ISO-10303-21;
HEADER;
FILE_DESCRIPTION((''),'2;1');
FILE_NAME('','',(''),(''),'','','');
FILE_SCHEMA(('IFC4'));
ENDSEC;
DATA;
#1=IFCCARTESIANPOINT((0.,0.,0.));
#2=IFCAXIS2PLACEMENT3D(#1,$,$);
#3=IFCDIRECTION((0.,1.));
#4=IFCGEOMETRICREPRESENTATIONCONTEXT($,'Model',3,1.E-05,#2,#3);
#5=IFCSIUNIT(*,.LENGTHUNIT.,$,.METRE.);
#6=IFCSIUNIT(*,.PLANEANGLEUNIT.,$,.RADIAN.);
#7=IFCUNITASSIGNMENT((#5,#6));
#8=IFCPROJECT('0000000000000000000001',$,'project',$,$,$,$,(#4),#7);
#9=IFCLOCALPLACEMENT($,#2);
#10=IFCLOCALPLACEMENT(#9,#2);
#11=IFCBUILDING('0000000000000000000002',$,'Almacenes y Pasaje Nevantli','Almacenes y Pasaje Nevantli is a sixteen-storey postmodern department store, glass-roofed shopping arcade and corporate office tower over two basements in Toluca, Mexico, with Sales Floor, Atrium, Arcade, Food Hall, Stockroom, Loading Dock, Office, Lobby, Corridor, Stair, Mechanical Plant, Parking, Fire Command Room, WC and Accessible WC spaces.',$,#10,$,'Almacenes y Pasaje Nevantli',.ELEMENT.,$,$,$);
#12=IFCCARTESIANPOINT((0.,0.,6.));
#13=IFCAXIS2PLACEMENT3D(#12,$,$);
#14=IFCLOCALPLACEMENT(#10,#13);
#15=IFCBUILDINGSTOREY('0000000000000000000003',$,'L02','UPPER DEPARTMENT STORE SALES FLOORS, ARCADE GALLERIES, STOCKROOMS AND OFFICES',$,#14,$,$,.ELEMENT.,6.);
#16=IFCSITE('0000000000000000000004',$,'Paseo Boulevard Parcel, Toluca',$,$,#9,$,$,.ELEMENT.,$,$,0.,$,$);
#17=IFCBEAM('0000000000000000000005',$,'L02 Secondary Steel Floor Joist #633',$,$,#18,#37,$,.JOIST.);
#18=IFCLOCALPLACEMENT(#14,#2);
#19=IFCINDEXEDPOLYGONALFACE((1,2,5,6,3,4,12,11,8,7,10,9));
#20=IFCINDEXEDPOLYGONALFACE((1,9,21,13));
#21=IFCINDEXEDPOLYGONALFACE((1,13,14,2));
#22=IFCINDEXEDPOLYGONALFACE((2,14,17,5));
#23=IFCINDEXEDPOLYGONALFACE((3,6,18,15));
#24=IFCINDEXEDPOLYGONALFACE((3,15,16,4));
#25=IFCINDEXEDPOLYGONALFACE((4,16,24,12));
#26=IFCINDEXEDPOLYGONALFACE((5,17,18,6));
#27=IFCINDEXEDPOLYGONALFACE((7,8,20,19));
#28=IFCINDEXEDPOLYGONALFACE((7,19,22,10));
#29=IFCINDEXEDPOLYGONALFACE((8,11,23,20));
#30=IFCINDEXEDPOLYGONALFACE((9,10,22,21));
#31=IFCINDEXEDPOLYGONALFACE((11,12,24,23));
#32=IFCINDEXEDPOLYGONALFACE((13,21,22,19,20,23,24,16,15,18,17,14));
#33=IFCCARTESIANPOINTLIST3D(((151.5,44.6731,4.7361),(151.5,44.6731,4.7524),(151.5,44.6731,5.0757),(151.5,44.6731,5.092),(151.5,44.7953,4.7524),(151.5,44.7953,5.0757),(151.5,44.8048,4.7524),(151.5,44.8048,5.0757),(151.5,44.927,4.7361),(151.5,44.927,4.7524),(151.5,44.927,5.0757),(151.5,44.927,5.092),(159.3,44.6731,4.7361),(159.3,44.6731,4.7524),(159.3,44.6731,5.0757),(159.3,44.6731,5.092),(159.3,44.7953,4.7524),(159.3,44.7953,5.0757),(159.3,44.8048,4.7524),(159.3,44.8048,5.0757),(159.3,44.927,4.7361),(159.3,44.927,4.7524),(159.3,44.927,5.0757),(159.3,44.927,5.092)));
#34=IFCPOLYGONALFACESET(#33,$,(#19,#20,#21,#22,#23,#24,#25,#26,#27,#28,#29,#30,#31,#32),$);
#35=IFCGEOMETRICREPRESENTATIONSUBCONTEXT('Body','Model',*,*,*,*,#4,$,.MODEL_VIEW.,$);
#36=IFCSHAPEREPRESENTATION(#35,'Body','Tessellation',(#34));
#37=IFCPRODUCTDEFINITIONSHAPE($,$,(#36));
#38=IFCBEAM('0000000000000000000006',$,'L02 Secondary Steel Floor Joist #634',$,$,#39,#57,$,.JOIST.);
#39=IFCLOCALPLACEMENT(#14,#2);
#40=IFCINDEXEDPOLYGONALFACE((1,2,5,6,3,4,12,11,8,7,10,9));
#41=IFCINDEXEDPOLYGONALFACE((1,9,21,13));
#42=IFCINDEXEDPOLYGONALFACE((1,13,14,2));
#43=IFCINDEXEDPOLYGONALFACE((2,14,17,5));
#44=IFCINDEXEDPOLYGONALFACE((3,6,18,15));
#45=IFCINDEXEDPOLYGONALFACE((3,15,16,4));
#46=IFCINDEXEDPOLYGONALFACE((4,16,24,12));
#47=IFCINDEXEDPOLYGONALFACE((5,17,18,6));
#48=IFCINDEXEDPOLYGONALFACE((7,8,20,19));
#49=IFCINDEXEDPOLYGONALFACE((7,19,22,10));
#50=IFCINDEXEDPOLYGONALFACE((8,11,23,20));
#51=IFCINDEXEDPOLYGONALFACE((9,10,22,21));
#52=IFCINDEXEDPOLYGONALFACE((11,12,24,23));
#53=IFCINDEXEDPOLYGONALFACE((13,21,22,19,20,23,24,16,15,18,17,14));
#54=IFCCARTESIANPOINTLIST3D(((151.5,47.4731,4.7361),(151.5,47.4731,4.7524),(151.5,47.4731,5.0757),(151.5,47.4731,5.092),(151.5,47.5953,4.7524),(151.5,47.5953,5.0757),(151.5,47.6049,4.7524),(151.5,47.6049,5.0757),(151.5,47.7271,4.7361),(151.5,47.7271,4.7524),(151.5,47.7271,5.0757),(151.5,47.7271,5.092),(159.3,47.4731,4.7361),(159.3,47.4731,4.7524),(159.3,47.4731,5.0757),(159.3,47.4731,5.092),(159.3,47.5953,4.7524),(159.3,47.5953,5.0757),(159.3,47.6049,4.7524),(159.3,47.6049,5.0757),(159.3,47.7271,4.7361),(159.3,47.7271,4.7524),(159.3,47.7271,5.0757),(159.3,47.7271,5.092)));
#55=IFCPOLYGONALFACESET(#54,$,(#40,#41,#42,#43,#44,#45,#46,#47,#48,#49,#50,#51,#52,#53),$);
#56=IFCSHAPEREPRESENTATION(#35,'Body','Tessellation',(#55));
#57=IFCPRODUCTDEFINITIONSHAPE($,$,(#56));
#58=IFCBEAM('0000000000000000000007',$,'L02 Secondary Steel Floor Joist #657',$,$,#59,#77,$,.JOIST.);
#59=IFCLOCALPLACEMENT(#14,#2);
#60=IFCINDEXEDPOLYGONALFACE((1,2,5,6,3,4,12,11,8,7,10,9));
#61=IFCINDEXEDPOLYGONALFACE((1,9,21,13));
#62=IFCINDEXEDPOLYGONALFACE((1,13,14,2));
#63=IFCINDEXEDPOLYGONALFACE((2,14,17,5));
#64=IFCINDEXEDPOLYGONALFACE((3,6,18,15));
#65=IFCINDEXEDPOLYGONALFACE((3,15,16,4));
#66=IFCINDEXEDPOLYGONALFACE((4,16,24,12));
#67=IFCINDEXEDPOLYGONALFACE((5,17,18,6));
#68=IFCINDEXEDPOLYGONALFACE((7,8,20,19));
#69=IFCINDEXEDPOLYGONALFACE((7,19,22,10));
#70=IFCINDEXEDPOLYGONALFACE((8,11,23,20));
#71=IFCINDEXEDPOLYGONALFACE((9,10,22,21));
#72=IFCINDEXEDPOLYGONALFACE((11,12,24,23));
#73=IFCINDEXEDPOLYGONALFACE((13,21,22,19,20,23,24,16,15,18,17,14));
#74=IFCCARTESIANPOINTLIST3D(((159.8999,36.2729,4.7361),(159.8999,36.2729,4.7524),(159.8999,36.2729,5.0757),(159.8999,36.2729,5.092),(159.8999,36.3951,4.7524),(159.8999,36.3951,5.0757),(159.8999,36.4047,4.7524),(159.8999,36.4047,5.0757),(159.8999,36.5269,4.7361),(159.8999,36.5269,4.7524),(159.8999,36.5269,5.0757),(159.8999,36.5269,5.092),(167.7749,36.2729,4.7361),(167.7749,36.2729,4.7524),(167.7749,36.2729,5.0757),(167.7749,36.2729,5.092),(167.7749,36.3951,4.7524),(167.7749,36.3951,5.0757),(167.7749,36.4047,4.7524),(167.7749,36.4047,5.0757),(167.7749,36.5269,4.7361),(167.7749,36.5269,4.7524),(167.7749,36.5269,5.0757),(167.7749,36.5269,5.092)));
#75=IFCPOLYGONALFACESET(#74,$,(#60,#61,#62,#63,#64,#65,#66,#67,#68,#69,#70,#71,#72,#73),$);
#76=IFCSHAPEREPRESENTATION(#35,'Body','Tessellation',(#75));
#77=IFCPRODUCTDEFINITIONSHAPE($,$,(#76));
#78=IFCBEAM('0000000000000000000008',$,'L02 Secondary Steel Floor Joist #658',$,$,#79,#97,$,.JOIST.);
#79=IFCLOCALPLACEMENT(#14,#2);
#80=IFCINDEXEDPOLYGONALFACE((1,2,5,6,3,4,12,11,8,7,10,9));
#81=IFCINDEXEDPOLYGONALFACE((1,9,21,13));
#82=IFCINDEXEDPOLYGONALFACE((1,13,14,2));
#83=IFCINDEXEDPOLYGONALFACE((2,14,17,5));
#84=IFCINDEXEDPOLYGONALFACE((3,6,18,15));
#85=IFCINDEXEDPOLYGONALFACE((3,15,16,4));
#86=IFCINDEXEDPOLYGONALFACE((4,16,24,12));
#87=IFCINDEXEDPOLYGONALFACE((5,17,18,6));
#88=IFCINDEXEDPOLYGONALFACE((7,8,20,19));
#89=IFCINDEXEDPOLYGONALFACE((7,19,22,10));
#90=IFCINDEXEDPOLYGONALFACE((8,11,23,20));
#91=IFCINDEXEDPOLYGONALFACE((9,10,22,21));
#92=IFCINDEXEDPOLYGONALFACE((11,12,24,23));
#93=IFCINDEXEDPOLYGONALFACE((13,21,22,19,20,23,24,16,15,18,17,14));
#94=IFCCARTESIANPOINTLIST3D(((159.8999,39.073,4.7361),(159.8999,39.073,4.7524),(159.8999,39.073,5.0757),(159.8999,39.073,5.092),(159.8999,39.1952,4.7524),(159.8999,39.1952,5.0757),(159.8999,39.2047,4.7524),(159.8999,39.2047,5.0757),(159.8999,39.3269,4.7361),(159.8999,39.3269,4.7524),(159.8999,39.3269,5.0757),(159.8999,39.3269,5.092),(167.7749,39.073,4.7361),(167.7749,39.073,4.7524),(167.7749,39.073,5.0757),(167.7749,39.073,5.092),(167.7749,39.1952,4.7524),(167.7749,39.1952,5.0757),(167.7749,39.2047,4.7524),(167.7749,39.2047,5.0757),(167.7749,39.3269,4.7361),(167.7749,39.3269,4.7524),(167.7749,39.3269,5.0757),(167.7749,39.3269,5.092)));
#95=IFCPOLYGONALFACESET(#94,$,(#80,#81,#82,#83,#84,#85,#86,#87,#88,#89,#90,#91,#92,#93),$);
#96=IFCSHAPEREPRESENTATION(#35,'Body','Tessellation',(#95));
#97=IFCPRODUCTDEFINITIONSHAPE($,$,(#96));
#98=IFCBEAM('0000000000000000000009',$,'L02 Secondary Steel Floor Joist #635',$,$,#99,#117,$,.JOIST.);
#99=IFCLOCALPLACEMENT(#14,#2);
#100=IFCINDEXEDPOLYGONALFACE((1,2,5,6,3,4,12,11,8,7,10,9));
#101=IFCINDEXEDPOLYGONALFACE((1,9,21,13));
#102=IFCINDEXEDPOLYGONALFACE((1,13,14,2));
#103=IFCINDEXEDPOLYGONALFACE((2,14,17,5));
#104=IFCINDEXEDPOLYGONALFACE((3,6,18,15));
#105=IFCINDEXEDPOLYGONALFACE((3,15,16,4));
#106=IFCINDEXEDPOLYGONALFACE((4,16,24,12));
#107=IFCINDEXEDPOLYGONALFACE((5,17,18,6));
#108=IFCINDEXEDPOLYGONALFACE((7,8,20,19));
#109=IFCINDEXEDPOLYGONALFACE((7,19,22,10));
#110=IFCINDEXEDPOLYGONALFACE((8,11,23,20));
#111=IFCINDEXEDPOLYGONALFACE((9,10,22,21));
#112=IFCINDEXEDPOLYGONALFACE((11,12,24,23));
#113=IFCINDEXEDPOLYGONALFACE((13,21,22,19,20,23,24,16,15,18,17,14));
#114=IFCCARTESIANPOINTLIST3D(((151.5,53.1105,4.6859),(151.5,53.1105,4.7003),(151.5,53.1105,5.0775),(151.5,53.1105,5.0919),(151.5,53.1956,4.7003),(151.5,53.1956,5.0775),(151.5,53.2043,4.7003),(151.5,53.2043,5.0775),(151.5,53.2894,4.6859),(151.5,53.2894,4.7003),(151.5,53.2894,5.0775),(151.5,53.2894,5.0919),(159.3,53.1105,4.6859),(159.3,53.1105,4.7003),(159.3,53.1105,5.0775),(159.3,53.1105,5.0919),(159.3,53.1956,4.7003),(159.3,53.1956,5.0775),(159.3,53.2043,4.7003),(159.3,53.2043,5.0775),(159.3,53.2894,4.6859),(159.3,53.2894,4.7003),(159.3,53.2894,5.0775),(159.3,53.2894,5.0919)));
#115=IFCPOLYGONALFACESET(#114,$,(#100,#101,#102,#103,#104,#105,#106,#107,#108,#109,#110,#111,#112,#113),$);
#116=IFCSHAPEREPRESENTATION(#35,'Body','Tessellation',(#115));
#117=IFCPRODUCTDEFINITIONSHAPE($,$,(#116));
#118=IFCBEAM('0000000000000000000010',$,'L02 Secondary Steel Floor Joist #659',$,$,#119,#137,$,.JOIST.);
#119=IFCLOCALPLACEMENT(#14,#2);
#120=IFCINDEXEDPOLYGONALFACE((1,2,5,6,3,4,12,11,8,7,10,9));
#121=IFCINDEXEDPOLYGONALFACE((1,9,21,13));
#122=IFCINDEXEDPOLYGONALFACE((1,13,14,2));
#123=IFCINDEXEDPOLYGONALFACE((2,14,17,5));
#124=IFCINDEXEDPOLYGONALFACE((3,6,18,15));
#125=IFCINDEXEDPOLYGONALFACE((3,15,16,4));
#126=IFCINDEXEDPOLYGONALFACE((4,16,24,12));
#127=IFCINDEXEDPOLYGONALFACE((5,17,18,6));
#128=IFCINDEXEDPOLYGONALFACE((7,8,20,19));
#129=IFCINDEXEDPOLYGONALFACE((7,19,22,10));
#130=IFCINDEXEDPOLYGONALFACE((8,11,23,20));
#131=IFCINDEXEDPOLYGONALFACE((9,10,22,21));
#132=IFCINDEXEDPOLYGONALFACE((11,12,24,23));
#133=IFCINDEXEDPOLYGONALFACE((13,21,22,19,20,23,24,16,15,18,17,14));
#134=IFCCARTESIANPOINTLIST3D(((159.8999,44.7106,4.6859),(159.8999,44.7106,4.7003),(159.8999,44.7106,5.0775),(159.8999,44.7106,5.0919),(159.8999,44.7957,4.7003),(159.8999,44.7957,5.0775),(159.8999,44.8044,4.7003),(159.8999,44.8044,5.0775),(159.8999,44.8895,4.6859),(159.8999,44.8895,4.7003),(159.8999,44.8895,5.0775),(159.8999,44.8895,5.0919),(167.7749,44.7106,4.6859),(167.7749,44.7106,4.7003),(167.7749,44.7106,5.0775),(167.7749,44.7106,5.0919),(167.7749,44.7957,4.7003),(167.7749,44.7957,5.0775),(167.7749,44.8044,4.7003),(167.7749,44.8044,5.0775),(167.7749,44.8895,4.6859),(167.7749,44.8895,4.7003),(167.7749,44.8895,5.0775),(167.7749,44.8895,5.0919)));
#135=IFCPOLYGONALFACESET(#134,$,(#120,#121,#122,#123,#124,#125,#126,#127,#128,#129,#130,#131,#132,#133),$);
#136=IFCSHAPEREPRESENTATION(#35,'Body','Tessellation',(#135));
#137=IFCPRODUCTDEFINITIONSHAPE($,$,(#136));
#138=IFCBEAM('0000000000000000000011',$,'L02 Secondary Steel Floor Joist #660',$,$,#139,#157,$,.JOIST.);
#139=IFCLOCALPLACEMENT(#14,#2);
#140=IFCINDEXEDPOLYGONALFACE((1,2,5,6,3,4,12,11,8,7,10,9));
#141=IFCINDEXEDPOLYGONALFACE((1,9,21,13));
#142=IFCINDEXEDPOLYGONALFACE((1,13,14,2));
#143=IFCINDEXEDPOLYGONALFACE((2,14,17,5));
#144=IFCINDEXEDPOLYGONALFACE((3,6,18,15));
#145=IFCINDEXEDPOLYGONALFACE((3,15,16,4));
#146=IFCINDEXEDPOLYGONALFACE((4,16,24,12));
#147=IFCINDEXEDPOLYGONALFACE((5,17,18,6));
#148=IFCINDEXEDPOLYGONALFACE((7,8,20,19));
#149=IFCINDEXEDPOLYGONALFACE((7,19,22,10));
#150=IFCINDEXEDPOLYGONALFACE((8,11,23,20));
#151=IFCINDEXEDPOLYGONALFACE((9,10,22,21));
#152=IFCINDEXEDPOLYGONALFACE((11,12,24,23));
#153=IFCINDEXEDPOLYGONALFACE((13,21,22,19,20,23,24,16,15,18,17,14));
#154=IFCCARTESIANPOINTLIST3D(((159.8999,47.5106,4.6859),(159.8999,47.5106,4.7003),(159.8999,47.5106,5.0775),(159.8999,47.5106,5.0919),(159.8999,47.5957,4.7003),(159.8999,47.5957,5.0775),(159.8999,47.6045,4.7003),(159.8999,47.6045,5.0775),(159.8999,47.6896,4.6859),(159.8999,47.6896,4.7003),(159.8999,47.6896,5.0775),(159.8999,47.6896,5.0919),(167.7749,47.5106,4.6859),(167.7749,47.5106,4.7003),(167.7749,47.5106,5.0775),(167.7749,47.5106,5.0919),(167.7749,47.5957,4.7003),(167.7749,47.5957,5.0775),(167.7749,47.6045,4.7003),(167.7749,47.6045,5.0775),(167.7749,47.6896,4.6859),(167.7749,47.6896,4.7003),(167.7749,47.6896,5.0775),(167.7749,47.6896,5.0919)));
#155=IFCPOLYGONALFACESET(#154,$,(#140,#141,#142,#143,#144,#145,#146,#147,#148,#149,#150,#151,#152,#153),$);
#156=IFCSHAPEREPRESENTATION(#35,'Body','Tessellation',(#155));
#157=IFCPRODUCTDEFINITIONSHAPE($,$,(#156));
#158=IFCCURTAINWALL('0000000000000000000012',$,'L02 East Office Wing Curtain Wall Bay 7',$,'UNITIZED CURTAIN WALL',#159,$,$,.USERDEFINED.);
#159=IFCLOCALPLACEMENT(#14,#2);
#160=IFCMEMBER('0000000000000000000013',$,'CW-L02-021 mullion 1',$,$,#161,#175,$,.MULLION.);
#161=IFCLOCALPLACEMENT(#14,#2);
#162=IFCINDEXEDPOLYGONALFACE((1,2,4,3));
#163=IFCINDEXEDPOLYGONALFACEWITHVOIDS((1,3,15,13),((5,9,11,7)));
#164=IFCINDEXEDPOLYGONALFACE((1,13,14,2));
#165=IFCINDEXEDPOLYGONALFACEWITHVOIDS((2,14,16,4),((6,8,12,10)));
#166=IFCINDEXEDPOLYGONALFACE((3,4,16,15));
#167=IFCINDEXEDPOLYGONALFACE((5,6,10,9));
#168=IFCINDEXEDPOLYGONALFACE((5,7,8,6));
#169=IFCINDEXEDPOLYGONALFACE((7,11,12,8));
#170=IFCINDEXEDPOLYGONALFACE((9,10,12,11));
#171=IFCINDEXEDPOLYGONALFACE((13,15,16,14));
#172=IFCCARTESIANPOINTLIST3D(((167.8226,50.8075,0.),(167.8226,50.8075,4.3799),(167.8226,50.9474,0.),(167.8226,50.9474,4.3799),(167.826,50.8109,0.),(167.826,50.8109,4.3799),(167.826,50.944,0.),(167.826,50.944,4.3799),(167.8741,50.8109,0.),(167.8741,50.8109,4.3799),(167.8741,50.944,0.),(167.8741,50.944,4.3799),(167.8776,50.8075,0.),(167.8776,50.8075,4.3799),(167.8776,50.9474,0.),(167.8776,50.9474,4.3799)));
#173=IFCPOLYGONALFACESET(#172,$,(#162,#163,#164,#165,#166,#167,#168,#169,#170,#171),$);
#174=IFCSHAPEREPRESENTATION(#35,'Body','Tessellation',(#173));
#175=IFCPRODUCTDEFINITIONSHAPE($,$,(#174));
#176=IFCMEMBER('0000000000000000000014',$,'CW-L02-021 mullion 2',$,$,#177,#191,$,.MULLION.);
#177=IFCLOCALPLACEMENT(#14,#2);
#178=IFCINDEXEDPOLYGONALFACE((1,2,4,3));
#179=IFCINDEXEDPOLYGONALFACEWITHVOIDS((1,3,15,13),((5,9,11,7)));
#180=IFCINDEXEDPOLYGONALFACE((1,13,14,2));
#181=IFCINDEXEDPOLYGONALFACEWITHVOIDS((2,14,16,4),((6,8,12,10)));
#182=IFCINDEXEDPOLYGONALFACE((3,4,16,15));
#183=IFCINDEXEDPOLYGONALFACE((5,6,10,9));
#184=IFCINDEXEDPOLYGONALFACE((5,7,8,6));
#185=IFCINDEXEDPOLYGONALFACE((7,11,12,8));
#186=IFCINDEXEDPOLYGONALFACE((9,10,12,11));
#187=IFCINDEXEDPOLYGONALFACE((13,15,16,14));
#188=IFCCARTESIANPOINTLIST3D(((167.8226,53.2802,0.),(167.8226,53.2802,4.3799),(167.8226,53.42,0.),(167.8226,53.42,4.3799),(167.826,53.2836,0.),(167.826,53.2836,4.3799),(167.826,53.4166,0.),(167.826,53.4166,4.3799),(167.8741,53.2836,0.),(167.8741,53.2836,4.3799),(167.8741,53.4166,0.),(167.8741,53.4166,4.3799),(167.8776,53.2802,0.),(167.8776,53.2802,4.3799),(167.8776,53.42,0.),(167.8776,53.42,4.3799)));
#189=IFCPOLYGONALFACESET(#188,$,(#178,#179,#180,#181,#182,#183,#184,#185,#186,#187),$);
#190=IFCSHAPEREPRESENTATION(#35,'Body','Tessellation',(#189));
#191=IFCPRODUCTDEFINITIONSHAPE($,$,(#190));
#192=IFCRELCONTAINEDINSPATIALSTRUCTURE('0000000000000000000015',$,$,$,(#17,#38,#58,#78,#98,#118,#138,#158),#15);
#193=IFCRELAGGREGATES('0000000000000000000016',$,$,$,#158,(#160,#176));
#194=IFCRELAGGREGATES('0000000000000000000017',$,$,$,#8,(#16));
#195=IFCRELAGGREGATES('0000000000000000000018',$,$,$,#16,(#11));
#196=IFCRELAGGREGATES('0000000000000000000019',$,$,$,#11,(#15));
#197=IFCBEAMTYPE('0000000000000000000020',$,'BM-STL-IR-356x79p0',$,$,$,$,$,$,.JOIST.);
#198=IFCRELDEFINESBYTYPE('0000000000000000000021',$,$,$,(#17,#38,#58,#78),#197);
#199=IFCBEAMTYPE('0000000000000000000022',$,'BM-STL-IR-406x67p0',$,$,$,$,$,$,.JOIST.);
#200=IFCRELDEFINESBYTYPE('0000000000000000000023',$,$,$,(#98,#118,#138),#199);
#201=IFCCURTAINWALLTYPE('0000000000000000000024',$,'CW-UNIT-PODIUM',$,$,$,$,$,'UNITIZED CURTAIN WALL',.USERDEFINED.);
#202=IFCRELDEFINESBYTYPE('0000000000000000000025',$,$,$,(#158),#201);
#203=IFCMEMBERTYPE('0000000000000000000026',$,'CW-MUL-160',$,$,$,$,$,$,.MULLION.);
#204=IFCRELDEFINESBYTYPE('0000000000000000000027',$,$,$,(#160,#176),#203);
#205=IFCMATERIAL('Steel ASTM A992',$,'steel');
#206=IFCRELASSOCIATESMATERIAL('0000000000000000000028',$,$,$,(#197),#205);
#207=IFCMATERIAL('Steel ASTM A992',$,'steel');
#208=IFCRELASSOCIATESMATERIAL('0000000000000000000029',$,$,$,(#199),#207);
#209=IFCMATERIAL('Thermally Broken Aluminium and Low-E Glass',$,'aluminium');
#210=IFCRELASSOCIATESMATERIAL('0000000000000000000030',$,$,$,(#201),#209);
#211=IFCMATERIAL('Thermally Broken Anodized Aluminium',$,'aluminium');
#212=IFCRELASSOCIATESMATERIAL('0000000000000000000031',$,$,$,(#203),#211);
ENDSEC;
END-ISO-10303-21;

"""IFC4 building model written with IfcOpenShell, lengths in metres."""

from ifc_helpers import new_model, si_unit, direction, frame, origin, origin_2d, place, context, subcontext, project, spatial, hollow_rectangle, i_section, extrude, material, material_profile, profile_set, type_object, element, aggregate, save


model = new_model("IFC4")

# Units and contexts
model_context = context("Model", 3, precision=1e-05, world=origin(), true_north=direction((0.0, 1.0)))
body_context = subcontext(model_context, "Body", "Model", "MODEL_VIEW")
ifc_project = project(units=[si_unit("LENGTHUNIT", "METRE"), si_unit("PLANEANGLEUNIT", "RADIAN")], contexts=[model_context])

# Site, building, storey
site_placement = place(None, origin())
site = spatial("IfcSite", under=ifc_project, at=site_placement, Name="Paseo Boulevard Parcel, Toluca", CompositionType="ELEMENT", RefElevation=0.0)
building_placement = place(site_placement, origin())
building = spatial("IfcBuilding", under=site, at=building_placement, Name="Almacenes y Pasaje Nevantli", Description="Almacenes y Pasaje Nevantli is a sixteen-storey postmodern department store, glass-roofed shopping arcade and corporate office tower over two basements in Toluca, Mexico, with Sales Floor, Atrium, Arcade, Food Hall, Stockroom, Loading Dock, Office, Lobby, Corridor, Stair, Mechanical Plant, Parking, Fire Command Room, WC and Accessible WC spaces.", LongName="Almacenes y Pasaje Nevantli", CompositionType="ELEMENT")
storey_placement = place(building_placement, frame((0.0, 0.0, 6.0)))
storey = spatial("IfcBuildingStorey", under=building, at=storey_placement, Name="L02", Description="UPPER DEPARTMENT STORE SALES FLOORS, ARCADE GALLERIES, STOCKROOMS AND OFFICES", CompositionType="ELEMENT", Elevation=6.0)

# Beams
ifc_material_1 = material(Name="Steel ASTM A992", Category="steel")
ifc_material_profile_1 = material_profile(ifc_material_1, i_section(OverallWidth=0.2539, OverallDepth=0.356, WebThickness=0.0095, FlangeThickness=0.0164, at=origin_2d()), Name="IR 356x79.0")
ifc_profile_set_1 = profile_set([ifc_material_profile_1], Name="Steel ASTM A992")
beam_type_1 = type_object("IfcBeamType", Name="BM-STL-IR-356x79p0", PredefinedType="JOIST", material=ifc_profile_set_1)
for number, where, z_axis, x_axis, name in (
    (1, (151.5, 44.8, 4.9141), (1.0, 0.0, 0.0), (0.0, 1.0, 0.0), "L02 Secondary Steel Floor Joist #633"),
    (2, (151.5, 47.6001, 4.9141), (1.0, 0.0, 0.0), (0.0, 1.0, 0.0), "L02 Secondary Steel Floor Joist #634"),
):
    element("IfcBeam", number, at=place(storey_placement, frame(where, z_axis=z_axis, x_axis=x_axis)), inside=storey, type_object=beam_type_1, Name=name, PredefinedType="JOIST", context=body_context, shape_type="SweptSolid", body=[
        extrude(i_section(OverallWidth=0.2539, OverallDepth=0.356, WebThickness=0.0095, FlangeThickness=0.0164, at=origin_2d()), origin(), (0.0, 0.0, 1.0), 7.8),
    ])
for number, where, z_axis, x_axis, name in (
    (3, (159.8999, 36.3999, 4.9141), (1.0, 0.0, 0.0), (0.0, 1.0, 0.0), "L02 Secondary Steel Floor Joist #657"),
    (4, (159.8999, 39.2, 4.9141), (1.0, 0.0, 0.0), (0.0, 1.0, 0.0), "L02 Secondary Steel Floor Joist #658"),
):
    element("IfcBeam", number, at=place(storey_placement, frame(where, z_axis=z_axis, x_axis=x_axis)), inside=storey, type_object=beam_type_1, Name=name, PredefinedType="JOIST", context=body_context, shape_type="SweptSolid", body=[
        extrude(i_section(OverallWidth=0.2539, OverallDepth=0.356, WebThickness=0.0095, FlangeThickness=0.0164, at=origin_2d()), origin(), (0.0, 0.0, 1.0), 7.875),
    ])
ifc_material_2 = material(Name="Steel ASTM A992", Category="steel")
ifc_material_profile_2 = material_profile(ifc_material_2, i_section(OverallWidth=0.179, OverallDepth=0.406, WebThickness=0.0088, FlangeThickness=0.0144, at=origin_2d()), Name="IR 406x67.0")
ifc_profile_set_2 = profile_set([ifc_material_profile_2], Name="Steel ASTM A992")
beam_type_2 = type_object("IfcBeamType", Name="BM-STL-IR-406x67p0", PredefinedType="JOIST", material=ifc_profile_set_2)
beam_1_placement = place(storey_placement, frame((151.5, 53.2, 4.8889), z_axis=(1.0, 0.0, 0.0), x_axis=(0.0, 1.0, 0.0)))
element("IfcBeam", 5, at=beam_1_placement, inside=storey, type_object=beam_type_2, Name="L02 Secondary Steel Floor Joist #635", PredefinedType="JOIST", context=body_context, shape_type="SweptSolid", body=[
    extrude(i_section(OverallWidth=0.179, OverallDepth=0.406, WebThickness=0.0088, FlangeThickness=0.0144, at=origin_2d()), origin(), (0.0, 0.0, 1.0), 7.8),
])
for number, where, z_axis, x_axis, name in (
    (6, (159.8999, 44.8, 4.8889), (1.0, 0.0, 0.0), (0.0, 1.0, 0.0), "L02 Secondary Steel Floor Joist #659"),
    (7, (159.8999, 47.6001, 4.8889), (1.0, 0.0, 0.0), (0.0, 1.0, 0.0), "L02 Secondary Steel Floor Joist #660"),
):
    element("IfcBeam", number, at=place(storey_placement, frame(where, z_axis=z_axis, x_axis=x_axis)), inside=storey, type_object=beam_type_2, Name=name, PredefinedType="JOIST", context=body_context, shape_type="SweptSolid", body=[
        extrude(i_section(OverallWidth=0.179, OverallDepth=0.406, WebThickness=0.0088, FlangeThickness=0.0144, at=origin_2d()), origin(), (0.0, 0.0, 1.0), 7.875),
    ])

# Curtain wall, members
ifc_material_3 = material(Name="Thermally Broken Aluminium and Low-E Glass", Category="aluminium")
curtain_wall_type = type_object("IfcCurtainWallType", Name="CW-UNIT-PODIUM", ElementType="UNITIZED CURTAIN WALL", PredefinedType="USERDEFINED", material=ifc_material_3)
curtain_wall_placement = place(storey_placement, origin())
curtain_wall = element("IfcCurtainWall", 8, at=curtain_wall_placement, inside=storey, type_object=curtain_wall_type, Name="L02 East Office Wing Curtain Wall Bay 7", ObjectType="UNITIZED CURTAIN WALL", PredefinedType="USERDEFINED")
ifc_material_4 = material(Name="Thermally Broken Anodized Aluminium", Category="aluminium")
ifc_material_profile_3 = material_profile(ifc_material_4, hollow_rectangle(XDim=0.0549, YDim=0.1399, WallThickness=0.0034, at=origin_2d()), Name="ALU-MUL-55x140")
ifc_profile_set_3 = profile_set([ifc_material_profile_3], Name="Thermally Broken Anodized Aluminium")
member_type_1 = type_object("IfcMemberType", Name="CW-MUL-160", PredefinedType="MULLION", material=ifc_profile_set_3)
member_1_placement = place(storey_placement, frame((167.8501, 50.8774, 0.0), z_axis=(0.0, 0.0, 1.0), x_axis=(-1.0, 0.0, 0.0)))
member_1 = element("IfcMember", 9, at=member_1_placement, type_object=member_type_1, Name="CW-L02-021 mullion 1", PredefinedType="MULLION", context=body_context, shape_type="SweptSolid", body=[
    extrude(hollow_rectangle(XDim=0.0549, YDim=0.1399, WallThickness=0.0034, at=origin_2d()), origin(), (0.0, 0.0, 1.0), 4.3799),
])
member_2_placement = place(storey_placement, frame((167.8501, 53.3501, 0.0), z_axis=(0.0, 0.0, 1.0), x_axis=(-1.0, 0.0, 0.0)))
member_2 = element("IfcMember", 10, at=member_2_placement, type_object=member_type_1, Name="CW-L02-021 mullion 2", PredefinedType="MULLION", context=body_context, shape_type="SweptSolid", body=[
    extrude(hollow_rectangle(XDim=0.0549, YDim=0.1399, WallThickness=0.0034, at=origin_2d()), origin(), (0.0, 0.0, 1.0), 4.3799),
])
aggregate(curtain_wall, [member_1, member_2])

save(model, "model.ifc")
